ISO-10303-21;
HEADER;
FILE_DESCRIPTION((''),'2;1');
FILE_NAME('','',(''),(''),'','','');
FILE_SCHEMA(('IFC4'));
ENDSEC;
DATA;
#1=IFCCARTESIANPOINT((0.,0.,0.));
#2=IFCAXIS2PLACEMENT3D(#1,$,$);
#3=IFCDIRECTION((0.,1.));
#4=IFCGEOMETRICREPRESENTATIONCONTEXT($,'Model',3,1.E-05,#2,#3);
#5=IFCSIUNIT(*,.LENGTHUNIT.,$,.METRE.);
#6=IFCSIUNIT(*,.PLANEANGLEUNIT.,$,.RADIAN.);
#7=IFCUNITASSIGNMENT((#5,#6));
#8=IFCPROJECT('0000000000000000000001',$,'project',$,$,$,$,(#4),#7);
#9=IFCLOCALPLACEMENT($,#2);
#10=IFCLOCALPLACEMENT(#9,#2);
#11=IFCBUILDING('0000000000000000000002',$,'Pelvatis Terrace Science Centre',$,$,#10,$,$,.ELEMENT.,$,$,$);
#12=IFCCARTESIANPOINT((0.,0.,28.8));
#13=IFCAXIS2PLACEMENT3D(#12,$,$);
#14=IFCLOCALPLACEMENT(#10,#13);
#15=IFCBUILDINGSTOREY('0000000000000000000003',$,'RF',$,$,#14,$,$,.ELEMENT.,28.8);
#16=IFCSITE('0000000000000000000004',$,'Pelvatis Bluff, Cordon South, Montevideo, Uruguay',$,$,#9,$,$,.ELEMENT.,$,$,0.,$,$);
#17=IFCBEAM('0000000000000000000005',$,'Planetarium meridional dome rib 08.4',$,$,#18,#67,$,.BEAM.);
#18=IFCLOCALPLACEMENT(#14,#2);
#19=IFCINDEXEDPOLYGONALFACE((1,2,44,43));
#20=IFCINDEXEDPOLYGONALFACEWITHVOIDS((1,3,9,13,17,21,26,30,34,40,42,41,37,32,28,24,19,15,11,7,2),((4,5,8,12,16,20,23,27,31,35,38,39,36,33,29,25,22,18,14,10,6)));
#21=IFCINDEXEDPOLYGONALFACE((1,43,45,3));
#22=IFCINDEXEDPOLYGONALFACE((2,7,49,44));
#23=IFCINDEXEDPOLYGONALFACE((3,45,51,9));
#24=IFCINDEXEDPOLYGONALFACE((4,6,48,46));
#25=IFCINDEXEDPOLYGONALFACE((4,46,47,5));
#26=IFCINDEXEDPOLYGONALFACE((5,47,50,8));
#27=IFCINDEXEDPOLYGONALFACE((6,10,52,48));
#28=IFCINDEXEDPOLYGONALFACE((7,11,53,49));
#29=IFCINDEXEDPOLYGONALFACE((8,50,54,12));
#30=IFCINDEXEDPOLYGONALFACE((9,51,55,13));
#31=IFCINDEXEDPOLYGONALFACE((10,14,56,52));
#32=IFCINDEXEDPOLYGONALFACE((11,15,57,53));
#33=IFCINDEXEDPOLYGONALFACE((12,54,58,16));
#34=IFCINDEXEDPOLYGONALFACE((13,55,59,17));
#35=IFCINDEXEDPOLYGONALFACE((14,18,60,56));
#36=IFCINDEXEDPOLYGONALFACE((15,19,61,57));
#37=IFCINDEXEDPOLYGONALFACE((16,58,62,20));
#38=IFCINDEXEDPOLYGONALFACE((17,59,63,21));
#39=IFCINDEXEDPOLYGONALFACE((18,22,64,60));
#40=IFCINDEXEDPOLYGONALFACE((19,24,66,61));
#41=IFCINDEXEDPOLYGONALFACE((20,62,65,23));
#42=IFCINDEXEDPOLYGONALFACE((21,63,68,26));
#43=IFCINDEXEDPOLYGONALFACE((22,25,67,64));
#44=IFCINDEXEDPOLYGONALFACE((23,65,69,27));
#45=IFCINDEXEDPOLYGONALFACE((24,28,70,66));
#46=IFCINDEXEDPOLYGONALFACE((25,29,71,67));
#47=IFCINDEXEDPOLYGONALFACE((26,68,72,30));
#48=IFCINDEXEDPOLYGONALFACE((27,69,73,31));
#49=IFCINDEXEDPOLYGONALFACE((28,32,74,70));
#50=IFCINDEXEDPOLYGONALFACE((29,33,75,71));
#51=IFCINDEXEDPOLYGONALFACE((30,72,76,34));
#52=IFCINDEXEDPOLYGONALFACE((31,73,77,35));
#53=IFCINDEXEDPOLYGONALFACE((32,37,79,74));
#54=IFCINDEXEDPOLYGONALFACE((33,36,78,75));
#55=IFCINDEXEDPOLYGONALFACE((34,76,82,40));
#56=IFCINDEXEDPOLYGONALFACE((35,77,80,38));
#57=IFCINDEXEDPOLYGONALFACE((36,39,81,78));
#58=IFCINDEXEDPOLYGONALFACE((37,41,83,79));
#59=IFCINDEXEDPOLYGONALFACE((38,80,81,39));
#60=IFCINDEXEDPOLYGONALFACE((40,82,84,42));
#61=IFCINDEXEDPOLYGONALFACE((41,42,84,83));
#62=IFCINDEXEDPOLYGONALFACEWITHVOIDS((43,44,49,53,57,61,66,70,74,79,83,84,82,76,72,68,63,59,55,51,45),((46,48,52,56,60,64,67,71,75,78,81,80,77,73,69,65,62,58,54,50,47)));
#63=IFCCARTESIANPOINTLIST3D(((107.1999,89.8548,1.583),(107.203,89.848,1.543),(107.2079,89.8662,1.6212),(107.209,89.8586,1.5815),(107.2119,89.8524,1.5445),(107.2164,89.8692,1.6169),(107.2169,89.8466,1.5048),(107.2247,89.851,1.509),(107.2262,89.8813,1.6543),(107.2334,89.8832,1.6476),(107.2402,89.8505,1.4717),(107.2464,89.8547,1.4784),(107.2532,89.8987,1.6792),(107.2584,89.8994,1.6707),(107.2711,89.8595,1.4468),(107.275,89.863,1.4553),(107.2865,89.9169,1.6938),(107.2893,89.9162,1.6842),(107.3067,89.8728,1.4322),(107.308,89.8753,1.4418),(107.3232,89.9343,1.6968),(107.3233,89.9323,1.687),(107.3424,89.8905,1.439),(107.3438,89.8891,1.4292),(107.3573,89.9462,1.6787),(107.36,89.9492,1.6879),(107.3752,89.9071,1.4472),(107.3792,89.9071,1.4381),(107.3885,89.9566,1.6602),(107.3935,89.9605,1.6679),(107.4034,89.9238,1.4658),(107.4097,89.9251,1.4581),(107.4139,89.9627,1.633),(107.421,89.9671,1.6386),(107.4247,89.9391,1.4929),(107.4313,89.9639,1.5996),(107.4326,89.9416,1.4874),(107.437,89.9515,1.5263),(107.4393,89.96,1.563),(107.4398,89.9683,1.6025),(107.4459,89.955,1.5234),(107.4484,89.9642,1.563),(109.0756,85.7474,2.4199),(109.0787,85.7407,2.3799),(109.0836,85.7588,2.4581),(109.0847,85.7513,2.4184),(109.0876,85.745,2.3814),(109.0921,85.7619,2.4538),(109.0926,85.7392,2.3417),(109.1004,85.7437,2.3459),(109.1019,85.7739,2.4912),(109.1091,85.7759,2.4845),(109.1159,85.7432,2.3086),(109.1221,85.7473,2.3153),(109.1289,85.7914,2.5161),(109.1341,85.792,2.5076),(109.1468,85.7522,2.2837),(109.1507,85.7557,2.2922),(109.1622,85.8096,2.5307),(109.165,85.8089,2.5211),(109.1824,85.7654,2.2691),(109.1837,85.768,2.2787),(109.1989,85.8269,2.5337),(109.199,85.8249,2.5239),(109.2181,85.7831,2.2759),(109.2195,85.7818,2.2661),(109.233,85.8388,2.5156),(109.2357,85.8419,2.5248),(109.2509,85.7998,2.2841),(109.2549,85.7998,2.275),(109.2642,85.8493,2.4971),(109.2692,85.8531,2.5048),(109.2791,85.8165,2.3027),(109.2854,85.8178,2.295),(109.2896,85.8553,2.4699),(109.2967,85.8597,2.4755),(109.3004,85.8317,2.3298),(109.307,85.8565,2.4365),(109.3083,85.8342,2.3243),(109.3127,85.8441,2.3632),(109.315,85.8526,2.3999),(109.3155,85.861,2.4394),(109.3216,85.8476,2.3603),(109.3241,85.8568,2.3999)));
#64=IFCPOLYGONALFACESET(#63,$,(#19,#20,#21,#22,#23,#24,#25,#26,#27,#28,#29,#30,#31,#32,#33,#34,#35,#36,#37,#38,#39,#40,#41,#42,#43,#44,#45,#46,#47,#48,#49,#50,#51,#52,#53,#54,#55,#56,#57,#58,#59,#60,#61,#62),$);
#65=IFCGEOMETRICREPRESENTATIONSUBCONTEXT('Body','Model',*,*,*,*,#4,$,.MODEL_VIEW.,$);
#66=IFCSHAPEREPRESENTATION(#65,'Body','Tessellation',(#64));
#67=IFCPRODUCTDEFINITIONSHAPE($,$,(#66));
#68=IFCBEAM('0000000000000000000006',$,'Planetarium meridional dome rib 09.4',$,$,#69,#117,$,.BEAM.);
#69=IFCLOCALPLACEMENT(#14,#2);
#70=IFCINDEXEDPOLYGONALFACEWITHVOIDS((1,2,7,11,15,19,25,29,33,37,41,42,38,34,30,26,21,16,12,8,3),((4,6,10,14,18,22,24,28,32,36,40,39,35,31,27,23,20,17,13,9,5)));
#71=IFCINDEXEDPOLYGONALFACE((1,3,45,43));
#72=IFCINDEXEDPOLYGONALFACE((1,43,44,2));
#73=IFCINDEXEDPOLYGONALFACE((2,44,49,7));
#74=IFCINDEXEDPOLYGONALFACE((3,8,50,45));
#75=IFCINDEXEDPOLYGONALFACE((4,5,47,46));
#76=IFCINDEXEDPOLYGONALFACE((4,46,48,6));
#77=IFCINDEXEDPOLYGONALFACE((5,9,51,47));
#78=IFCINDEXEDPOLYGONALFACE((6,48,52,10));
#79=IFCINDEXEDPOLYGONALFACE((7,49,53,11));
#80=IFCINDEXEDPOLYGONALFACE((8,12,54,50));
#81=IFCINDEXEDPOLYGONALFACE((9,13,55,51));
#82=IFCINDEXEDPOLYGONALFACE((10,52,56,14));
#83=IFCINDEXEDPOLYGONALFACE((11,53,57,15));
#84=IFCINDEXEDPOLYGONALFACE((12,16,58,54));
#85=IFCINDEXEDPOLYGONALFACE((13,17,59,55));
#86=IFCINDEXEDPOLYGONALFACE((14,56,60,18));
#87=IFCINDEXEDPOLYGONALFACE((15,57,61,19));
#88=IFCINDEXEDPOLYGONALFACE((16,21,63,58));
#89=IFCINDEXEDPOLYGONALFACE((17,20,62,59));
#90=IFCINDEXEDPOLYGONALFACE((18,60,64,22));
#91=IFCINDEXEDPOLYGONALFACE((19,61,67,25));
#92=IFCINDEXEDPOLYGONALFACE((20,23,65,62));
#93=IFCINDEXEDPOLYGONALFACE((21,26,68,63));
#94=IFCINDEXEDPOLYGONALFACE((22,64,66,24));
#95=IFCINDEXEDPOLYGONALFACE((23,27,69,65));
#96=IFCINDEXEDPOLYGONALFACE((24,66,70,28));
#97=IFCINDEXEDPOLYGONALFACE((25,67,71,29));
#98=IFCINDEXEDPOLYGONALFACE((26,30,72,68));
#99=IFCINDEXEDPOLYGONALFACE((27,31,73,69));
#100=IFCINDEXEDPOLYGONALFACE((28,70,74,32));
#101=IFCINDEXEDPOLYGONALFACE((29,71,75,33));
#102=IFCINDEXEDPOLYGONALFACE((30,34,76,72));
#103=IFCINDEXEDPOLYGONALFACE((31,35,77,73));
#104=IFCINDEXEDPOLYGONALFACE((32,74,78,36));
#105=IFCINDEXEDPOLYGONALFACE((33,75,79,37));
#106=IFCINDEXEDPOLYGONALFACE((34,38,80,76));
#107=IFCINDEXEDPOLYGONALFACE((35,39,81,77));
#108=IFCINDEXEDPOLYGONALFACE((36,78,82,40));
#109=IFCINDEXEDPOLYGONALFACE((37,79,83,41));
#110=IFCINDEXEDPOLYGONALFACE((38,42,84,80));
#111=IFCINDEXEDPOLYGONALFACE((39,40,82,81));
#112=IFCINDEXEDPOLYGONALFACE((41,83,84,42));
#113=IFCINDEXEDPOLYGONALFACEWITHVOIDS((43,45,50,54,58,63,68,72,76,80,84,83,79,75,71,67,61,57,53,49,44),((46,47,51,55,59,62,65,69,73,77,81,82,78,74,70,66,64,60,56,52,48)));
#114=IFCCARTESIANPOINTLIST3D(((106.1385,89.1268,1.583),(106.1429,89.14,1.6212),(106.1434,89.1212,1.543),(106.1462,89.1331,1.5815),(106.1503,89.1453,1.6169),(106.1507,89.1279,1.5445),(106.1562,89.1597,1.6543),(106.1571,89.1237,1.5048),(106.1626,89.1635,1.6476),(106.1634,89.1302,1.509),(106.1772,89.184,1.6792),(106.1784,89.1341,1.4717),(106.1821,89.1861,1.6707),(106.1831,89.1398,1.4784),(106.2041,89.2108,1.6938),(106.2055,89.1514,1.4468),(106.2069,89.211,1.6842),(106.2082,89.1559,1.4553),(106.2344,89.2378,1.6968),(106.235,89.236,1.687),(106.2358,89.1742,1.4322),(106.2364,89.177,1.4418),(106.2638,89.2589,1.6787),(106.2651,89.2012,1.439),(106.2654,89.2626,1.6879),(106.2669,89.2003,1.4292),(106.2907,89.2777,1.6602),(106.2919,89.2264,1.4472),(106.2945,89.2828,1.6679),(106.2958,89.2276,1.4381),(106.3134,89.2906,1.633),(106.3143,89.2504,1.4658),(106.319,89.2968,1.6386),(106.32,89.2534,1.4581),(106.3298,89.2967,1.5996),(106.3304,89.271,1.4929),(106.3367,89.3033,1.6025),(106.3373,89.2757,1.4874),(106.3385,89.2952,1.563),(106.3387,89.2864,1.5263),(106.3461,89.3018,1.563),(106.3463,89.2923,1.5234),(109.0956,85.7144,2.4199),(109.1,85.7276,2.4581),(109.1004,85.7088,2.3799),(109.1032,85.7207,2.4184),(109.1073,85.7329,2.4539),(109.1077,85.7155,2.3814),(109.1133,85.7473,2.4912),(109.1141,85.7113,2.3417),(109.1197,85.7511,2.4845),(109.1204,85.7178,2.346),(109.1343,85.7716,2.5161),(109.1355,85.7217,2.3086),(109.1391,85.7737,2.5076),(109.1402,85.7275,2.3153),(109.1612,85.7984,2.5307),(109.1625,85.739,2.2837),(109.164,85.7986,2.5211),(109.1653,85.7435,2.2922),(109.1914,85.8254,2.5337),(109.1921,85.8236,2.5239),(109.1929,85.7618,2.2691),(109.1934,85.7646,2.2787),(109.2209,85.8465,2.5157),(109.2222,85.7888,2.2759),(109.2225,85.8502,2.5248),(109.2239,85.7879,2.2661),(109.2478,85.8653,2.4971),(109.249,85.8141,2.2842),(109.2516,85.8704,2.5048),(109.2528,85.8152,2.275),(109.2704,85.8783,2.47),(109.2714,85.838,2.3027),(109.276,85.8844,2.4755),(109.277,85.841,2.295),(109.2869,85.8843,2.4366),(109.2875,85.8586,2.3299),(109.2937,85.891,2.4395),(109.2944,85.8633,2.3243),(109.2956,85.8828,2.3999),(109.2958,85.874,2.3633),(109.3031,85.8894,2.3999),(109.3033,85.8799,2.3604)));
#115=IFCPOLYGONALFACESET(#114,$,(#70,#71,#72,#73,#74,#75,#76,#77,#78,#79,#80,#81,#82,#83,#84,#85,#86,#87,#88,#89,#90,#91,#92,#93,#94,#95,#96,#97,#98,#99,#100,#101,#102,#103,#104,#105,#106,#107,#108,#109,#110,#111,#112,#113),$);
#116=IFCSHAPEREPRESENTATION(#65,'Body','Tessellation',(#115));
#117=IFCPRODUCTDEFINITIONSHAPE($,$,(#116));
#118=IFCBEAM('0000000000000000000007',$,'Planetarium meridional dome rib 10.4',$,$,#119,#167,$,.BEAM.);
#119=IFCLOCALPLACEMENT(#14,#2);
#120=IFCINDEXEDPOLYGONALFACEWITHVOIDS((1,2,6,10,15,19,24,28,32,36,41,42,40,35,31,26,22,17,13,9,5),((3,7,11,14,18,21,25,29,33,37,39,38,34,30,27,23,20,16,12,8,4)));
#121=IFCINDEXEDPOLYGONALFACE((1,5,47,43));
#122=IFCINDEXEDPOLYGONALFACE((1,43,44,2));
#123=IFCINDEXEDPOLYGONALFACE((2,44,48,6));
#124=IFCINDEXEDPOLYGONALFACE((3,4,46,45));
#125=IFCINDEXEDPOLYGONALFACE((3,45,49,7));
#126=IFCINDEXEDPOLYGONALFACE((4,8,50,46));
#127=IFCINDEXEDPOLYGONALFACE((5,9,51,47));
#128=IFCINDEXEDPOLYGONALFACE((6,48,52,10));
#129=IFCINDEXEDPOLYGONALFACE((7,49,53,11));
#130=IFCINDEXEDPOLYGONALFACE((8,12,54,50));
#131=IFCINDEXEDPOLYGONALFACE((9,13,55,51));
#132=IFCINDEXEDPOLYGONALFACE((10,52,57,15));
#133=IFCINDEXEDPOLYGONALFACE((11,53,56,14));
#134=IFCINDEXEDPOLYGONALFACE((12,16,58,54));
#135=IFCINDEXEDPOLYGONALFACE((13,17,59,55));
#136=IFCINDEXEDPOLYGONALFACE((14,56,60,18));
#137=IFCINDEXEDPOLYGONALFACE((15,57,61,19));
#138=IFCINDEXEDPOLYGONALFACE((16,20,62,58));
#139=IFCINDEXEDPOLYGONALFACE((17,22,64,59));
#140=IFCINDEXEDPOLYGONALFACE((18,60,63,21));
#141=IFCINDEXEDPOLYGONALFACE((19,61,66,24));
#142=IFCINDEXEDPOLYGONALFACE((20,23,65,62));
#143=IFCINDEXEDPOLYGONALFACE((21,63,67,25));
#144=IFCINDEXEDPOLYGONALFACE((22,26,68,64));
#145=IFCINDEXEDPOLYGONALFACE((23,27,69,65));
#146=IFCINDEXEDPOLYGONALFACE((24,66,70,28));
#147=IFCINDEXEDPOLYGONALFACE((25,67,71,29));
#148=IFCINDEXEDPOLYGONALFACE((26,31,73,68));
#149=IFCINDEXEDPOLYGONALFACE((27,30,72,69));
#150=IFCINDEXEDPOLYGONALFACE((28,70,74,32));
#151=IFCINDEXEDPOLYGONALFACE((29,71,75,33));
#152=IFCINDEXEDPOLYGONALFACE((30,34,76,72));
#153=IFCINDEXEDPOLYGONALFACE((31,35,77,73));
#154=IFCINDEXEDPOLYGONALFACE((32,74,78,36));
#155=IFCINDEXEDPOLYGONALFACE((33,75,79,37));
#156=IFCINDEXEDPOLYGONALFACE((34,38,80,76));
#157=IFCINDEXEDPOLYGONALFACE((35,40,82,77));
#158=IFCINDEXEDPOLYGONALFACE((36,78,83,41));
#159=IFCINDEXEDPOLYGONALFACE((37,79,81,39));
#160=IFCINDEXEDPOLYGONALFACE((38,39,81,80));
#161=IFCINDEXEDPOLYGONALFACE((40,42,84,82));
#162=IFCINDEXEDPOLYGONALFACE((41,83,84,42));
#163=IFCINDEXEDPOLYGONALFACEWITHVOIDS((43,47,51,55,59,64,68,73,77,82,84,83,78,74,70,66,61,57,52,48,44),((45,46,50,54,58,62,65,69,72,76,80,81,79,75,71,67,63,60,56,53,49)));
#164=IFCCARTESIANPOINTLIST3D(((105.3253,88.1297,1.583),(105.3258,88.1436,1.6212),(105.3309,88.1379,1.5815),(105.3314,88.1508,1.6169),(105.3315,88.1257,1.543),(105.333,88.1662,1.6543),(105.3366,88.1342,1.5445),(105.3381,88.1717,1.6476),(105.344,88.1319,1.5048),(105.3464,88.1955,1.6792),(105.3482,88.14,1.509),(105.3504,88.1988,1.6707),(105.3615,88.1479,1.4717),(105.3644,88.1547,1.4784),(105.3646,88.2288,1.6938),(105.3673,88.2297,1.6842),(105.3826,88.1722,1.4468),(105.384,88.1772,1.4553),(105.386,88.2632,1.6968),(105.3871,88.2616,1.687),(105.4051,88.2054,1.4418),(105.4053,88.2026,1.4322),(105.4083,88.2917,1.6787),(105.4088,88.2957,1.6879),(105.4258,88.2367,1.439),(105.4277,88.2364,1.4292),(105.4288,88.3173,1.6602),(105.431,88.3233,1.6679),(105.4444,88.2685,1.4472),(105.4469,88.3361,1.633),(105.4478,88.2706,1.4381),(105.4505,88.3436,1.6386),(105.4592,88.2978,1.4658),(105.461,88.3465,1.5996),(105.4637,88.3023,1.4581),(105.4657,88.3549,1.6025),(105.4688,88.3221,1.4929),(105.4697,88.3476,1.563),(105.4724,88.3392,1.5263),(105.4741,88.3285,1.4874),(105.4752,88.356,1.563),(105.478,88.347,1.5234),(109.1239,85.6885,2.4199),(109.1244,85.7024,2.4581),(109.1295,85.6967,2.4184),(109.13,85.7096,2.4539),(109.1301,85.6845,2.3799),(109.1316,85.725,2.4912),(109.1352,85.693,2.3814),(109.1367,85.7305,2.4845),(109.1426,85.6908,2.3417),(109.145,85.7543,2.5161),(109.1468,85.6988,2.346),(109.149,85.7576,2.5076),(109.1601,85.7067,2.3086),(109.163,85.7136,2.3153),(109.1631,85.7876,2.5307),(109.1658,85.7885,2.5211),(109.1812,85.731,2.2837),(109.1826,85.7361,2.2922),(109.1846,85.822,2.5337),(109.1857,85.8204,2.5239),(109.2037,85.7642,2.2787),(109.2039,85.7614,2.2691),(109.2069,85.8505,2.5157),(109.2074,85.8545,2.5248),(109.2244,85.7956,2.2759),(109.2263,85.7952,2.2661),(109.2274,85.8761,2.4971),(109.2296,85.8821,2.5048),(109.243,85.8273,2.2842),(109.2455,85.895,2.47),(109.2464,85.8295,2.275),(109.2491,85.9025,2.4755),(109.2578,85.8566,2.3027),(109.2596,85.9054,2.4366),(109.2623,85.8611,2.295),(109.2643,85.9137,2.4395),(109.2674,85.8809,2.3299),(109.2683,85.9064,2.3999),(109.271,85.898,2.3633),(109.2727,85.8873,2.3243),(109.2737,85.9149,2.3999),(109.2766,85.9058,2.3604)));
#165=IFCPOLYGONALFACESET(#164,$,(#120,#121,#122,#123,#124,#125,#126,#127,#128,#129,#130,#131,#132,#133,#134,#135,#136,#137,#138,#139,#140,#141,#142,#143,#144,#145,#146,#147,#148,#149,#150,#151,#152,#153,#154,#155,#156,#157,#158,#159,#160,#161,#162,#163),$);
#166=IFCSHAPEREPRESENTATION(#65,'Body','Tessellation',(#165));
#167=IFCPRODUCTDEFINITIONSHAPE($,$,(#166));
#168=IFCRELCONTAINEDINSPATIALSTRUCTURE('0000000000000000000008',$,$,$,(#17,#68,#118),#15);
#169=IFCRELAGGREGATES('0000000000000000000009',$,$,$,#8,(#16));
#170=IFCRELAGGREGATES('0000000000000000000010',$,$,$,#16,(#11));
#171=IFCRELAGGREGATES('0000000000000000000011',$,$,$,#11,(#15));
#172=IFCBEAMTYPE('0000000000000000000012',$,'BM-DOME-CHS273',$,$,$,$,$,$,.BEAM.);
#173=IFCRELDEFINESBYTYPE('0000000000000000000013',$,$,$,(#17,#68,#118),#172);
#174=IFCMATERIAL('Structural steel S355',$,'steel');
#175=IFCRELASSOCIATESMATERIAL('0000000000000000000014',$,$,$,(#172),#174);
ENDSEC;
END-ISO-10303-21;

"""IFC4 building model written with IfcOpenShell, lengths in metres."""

from ifc_helpers import new_model, si_unit, direction, frame, origin, origin_2d, place, context, subcontext, project, spatial, hollow_circle, extrude, material, material_profile, profile_set, type_object, element, save


model = new_model("IFC4")

# Units and contexts
model_context = context("Model", 3, precision=1e-05, world=origin(), true_north=direction((0.0, 1.0)))
body_context = subcontext(model_context, "Body", "Model", "MODEL_VIEW")
ifc_project = project(units=[si_unit("LENGTHUNIT", "METRE"), si_unit("PLANEANGLEUNIT", "RADIAN")], contexts=[model_context])

# Site, building, storey
site_placement = place(None, origin())
site = spatial("IfcSite", under=ifc_project, at=site_placement, Name="Pelvatis Bluff, Cordon South, Montevideo, Uruguay", CompositionType="ELEMENT", RefElevation=0.0)
building_placement = place(site_placement, origin())
building = spatial("IfcBuilding", under=site, at=building_placement, Name="Pelvatis Terrace Science Centre", CompositionType="ELEMENT")
storey_placement = place(building_placement, frame((0.0, 0.0, 28.8)))
storey = spatial("IfcBuildingStorey", under=building, at=storey_placement, Name="RF", CompositionType="ELEMENT", Elevation=28.8)

# Beams
ifc_material_1 = material(Name="Structural steel S355", Category="steel")
ifc_material_profile_1 = material_profile(ifc_material_1, hollow_circle(Radius=0.1365, WallThickness=0.01, at=origin_2d()), Name="CHS 273.0x10.0")
ifc_profile_set_1 = profile_set([ifc_material_profile_1], Name="Structural steel S355")
beam_type_1 = type_object("IfcBeamType", Name="BM-DOME-CHS273", PredefinedType="BEAM", material=ifc_profile_set_1)
for number, where, z_axis, x_axis, name in (
    (1, (107.3242, 89.9075, 1.563), (0.408447, -0.894405, 0.182241), (0.909637, 0.415403, 0.0), "Planetarium meridional dome rib 08.4"),
    (2, (106.2429, 89.2124, 1.563), (0.64392, -0.74307, 0.182246), (0.755727, 0.654887, 0.0), "Planetarium meridional dome rib 09.4"),
    (3, (105.4014, 88.2412, 1.563), (0.827169, -0.531581, 0.182244), (0.540635, 0.841258, 0.0), "Planetarium meridional dome rib 10.4"),
):
    element("IfcBeam", number, at=place(storey_placement, frame(where, z_axis=z_axis, x_axis=x_axis)), inside=storey, type_object=beam_type_1, Name=name, PredefinedType="BEAM", context=body_context, shape_type="SweptSolid", body=[
        extrude(hollow_circle(Radius=0.1365, WallThickness=0.01, at=origin_2d()), origin(), (0.0, 0.0, 1.0), 4.5923),
    ])

save(model, "model.ifc")
